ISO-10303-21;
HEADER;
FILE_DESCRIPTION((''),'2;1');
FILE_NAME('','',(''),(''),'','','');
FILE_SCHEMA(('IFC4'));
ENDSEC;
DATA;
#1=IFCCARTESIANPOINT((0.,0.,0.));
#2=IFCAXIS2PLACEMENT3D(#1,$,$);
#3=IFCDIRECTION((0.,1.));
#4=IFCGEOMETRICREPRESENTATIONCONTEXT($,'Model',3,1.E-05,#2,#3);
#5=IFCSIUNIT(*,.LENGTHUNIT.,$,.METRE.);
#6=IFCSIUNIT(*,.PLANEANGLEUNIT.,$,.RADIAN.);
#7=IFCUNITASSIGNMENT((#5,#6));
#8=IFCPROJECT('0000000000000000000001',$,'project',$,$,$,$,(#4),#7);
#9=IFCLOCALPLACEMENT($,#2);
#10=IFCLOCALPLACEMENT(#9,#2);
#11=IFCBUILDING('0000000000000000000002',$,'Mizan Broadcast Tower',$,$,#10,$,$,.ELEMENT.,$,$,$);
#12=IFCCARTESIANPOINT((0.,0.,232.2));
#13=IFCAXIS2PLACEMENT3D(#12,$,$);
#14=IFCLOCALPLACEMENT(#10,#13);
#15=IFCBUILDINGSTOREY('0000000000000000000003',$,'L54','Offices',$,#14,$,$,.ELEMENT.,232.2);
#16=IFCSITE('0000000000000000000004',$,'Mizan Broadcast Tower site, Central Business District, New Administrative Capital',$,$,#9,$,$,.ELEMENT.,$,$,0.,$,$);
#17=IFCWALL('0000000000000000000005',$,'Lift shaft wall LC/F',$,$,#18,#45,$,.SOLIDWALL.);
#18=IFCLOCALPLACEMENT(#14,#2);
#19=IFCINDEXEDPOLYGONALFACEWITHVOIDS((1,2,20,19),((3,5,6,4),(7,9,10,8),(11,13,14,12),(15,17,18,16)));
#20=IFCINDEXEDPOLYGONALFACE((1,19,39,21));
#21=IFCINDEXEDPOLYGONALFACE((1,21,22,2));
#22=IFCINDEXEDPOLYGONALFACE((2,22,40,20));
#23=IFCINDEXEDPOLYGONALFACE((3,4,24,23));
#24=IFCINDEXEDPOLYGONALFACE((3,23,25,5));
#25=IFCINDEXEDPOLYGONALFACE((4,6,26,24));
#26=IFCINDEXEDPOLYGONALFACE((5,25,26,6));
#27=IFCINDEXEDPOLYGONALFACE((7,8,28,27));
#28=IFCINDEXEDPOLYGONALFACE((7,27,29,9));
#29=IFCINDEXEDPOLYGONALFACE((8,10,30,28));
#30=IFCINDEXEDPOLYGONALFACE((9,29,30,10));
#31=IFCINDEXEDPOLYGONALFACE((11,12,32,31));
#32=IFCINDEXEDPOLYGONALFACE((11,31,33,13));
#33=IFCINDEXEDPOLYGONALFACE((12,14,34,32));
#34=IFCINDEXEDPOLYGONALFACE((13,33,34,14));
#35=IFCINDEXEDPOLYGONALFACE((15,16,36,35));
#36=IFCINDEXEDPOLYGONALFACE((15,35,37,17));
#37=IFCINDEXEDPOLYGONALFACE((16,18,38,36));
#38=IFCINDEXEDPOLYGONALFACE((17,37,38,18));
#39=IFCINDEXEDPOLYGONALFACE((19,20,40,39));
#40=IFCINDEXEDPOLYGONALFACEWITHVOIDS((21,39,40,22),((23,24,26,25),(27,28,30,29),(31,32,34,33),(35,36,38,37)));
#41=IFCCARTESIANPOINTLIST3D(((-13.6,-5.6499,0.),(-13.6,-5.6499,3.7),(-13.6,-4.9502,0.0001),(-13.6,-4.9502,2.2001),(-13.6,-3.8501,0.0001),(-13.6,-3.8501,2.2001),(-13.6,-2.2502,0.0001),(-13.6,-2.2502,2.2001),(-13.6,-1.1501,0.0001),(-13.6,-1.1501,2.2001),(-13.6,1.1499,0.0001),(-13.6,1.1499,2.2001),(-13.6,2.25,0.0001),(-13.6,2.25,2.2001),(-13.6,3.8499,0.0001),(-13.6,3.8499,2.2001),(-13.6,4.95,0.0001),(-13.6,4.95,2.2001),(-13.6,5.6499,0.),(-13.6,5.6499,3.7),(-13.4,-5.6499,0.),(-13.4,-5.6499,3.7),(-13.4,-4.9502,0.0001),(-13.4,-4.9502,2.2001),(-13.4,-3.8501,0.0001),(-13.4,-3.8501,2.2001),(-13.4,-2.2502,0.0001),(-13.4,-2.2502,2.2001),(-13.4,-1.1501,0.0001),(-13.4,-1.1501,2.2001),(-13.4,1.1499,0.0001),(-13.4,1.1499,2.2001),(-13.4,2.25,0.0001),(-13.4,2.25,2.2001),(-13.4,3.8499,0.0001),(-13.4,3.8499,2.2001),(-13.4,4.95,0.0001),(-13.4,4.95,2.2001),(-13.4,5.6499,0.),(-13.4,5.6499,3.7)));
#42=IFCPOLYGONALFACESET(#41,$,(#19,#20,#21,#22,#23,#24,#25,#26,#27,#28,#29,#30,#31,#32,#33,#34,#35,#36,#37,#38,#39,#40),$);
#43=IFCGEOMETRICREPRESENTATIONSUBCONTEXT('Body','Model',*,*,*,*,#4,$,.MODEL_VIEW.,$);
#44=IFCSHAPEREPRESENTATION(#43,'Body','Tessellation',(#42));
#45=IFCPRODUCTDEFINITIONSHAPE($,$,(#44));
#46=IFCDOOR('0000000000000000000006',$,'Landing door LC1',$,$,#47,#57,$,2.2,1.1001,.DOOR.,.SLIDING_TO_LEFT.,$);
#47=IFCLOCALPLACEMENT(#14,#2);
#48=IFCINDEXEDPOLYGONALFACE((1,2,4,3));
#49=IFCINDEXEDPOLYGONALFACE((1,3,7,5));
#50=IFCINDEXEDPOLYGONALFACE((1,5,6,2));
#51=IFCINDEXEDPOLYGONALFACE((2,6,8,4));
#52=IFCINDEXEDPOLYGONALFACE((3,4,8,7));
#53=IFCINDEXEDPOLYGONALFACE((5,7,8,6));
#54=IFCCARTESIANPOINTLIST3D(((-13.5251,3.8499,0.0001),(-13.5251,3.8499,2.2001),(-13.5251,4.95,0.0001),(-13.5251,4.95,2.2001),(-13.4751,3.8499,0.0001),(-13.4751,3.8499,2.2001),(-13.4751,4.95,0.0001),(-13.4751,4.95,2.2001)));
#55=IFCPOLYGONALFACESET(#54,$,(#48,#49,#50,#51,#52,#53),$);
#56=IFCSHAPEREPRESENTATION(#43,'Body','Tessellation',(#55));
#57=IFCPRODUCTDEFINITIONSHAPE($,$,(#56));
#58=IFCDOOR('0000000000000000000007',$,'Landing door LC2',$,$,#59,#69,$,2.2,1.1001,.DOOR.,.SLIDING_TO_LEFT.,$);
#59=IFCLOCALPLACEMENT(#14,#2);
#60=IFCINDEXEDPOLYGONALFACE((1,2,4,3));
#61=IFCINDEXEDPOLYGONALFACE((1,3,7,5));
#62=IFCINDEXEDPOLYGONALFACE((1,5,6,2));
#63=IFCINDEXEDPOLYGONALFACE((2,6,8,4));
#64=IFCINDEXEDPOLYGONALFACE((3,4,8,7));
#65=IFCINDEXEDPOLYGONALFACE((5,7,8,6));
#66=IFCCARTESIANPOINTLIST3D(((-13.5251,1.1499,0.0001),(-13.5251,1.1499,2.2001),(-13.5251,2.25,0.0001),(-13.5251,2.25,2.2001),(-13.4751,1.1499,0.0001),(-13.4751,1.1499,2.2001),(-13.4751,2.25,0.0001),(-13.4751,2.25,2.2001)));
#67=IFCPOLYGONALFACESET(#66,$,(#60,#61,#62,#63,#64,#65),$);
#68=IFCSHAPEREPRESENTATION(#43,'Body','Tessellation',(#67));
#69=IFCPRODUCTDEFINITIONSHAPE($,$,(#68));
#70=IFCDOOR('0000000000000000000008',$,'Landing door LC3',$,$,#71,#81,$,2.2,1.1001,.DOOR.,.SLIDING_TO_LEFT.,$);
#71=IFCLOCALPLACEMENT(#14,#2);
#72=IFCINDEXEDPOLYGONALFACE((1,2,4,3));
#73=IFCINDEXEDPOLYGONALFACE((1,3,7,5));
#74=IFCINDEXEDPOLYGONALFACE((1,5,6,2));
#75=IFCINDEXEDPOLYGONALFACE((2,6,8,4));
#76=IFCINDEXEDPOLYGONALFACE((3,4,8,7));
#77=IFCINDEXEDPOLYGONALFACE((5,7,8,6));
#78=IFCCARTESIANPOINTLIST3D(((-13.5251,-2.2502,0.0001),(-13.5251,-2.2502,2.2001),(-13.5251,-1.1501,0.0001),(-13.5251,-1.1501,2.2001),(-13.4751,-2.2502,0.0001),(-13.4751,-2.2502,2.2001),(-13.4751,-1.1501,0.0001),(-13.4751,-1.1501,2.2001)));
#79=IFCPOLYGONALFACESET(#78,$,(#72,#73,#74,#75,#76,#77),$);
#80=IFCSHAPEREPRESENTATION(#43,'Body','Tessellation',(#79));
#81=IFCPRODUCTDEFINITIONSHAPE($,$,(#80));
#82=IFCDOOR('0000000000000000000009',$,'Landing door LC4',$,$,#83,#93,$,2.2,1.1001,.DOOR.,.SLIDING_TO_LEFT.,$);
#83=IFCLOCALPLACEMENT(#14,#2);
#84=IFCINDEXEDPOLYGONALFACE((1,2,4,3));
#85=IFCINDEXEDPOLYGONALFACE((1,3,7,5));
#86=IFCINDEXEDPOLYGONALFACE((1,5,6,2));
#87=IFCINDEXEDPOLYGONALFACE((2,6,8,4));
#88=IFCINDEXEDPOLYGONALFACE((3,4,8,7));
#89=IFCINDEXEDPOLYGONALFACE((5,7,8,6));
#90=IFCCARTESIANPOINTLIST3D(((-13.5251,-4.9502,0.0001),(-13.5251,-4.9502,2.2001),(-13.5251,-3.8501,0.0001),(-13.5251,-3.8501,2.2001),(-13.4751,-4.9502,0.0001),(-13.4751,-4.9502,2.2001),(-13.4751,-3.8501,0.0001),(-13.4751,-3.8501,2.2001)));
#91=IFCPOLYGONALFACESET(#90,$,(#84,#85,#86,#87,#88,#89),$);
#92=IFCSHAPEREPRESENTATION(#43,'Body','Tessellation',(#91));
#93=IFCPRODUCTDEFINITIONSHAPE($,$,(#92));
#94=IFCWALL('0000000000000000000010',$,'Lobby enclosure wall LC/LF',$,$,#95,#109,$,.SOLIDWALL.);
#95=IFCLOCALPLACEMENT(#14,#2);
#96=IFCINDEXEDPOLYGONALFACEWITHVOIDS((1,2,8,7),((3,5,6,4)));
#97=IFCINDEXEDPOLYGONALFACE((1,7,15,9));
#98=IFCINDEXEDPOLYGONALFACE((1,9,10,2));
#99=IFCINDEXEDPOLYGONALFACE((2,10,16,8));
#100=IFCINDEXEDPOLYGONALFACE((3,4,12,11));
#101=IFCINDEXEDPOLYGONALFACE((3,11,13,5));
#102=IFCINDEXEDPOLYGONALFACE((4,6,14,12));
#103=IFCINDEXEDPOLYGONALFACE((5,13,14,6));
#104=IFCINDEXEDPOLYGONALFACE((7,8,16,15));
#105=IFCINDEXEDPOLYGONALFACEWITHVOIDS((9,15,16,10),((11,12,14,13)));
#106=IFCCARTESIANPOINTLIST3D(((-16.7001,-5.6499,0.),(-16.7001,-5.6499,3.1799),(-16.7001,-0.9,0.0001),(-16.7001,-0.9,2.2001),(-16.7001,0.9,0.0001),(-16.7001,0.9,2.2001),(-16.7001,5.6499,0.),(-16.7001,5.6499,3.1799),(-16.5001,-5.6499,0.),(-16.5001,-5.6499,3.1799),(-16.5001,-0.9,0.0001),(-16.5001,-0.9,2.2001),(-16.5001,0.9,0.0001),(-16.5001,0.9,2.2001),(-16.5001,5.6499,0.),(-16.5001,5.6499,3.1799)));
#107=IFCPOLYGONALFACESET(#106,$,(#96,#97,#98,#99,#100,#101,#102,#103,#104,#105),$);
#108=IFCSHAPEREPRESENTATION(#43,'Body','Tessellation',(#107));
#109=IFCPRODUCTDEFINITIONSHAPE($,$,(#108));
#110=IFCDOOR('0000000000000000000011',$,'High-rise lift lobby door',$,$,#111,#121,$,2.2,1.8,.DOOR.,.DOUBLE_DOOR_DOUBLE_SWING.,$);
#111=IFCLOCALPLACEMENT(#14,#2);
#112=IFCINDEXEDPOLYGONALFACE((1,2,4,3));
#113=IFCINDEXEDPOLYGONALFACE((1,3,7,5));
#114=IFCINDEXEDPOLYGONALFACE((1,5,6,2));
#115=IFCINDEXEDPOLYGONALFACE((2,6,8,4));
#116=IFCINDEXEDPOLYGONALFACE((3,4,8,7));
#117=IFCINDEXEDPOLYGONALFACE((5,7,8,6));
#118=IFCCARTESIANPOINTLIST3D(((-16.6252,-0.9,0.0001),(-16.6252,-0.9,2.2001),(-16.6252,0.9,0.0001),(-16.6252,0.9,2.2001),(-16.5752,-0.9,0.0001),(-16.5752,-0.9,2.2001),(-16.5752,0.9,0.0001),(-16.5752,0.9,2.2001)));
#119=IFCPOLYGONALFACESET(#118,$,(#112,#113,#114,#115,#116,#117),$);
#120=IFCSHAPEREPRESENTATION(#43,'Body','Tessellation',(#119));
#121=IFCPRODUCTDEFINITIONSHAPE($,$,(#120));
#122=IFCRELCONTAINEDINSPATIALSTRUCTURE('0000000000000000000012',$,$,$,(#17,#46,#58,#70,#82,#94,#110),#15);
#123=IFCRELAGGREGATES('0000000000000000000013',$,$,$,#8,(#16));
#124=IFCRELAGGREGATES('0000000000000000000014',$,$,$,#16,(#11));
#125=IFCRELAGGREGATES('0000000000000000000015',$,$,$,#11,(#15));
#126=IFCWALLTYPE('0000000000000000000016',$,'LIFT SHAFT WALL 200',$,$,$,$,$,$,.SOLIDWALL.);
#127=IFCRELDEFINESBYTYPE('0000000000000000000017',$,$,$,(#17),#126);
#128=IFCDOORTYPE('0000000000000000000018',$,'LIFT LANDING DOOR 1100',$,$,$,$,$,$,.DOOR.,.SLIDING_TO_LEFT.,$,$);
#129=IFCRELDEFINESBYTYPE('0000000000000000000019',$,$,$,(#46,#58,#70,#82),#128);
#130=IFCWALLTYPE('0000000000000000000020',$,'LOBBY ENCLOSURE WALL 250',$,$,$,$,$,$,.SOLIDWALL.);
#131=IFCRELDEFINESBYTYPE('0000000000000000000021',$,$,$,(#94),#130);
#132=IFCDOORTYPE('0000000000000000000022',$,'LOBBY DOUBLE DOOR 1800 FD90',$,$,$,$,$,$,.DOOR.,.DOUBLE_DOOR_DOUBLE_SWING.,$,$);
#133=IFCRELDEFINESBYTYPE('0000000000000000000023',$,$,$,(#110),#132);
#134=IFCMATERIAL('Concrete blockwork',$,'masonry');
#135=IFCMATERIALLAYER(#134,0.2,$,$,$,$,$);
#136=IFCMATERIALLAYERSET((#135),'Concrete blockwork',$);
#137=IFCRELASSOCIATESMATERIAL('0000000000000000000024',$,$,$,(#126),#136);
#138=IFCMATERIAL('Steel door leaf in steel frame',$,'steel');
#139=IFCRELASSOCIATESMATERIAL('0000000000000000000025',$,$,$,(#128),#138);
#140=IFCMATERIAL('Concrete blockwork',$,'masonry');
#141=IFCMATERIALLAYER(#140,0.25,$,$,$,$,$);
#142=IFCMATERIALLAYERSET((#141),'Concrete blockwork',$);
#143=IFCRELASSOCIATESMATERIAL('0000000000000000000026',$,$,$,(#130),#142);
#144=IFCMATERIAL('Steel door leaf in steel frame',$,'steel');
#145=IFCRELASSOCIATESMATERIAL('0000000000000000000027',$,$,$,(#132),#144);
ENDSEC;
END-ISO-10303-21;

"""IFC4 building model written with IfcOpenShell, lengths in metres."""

from ifc_helpers import new_model, si_unit, direction, frame, frame_2d, origin, place, context, subcontext, project, spatial, rectangle, extrude, material, layer, layer_set, type_object, element, fill, save


model = new_model("IFC4")

# Units and contexts
model_context = context("Model", 3, precision=1e-05, world=origin(), true_north=direction((0.0, 1.0)))
body_context = subcontext(model_context, "Body", "Model", "MODEL_VIEW")
ifc_project = project(units=[si_unit("LENGTHUNIT", "METRE"), si_unit("PLANEANGLEUNIT", "RADIAN")], contexts=[model_context])

# Site, building, storey
site_placement = place(None, origin())
site = spatial("IfcSite", under=ifc_project, at=site_placement, Name="Mizan Broadcast Tower site, Central Business District, New Administrative Capital", CompositionType="ELEMENT", RefElevation=0.0)
building_placement = place(site_placement, origin())
building = spatial("IfcBuilding", under=site, at=building_placement, Name="Mizan Broadcast Tower", CompositionType="ELEMENT")
storey_placement = place(building_placement, frame((0.0, 0.0, 232.2)))
storey = spatial("IfcBuildingStorey", under=building, at=storey_placement, Name="L54", Description="Offices", CompositionType="ELEMENT", Elevation=232.2)

# Wall, openings, doors
ifc_material_1 = material(Name="Concrete blockwork", Category="masonry")
ifc_layer_1 = layer(ifc_material_1, 0.2)
ifc_layer_set_1 = layer_set([ifc_layer_1], Name="Concrete blockwork")
wall_type_1 = type_object("IfcWallType", Name="LIFT SHAFT WALL 200", PredefinedType="SOLIDWALL", material=ifc_layer_set_1)
wall_1_placement = place(storey_placement, frame((-13.5, 5.6499, 0.0), z_axis=(0.0, 0.0, 1.0), x_axis=(0.0, -1.0, 0.0)))
wall_1 = element("IfcWall", 1, at=wall_1_placement, inside=storey, type_object=wall_type_1, Name="Lift shaft wall LC/F", PredefinedType="SOLIDWALL", context=body_context, shape_type="SweptSolid", body=[
    extrude(rectangle(XDim=11.2998, YDim=0.2, at=frame_2d((5.6499, 0.0))), origin(), (0.0, 0.0, 1.0), 3.7),
])
opening_1_placement = place(wall_1_placement, frame((0.7, 0.0, 0.0)))
opening_1 = element("IfcOpeningElement", 2, at=opening_1_placement, cuts=wall_1, PredefinedType="OPENING", context=body_context, shape_type="SweptSolid", body=[
    extrude(rectangle(XDim=1.1001, YDim=2.2, at=frame_2d((0.55, 1.1001))), frame((0.0, 0.1099, 0.0), z_axis=(0.0, -1.0, 0.0), x_axis=(1.0, 0.0, 0.0)), (0.0, 0.0, 1.0), 0.22),
])
opening_2_placement = place(wall_1_placement, frame((3.3999, 0.0, 0.0)))
opening_2 = element("IfcOpeningElement", 3, at=opening_2_placement, cuts=wall_1, PredefinedType="OPENING", context=body_context, shape_type="SweptSolid", body=[
    extrude(rectangle(XDim=1.1001, YDim=2.2, at=frame_2d((0.55, 1.1001))), frame((0.0, 0.1099, 0.0), z_axis=(0.0, -1.0, 0.0), x_axis=(1.0, 0.0, 0.0)), (0.0, 0.0, 1.0), 0.22),
])
opening_3_placement = place(wall_1_placement, frame((6.8, 0.0, 0.0)))
opening_3 = element("IfcOpeningElement", 4, at=opening_3_placement, cuts=wall_1, PredefinedType="OPENING", context=body_context, shape_type="SweptSolid", body=[
    extrude(rectangle(XDim=1.1001, YDim=2.2, at=frame_2d((0.55, 1.1001))), frame((0.0, 0.1099, 0.0), z_axis=(0.0, -1.0, 0.0), x_axis=(1.0, 0.0, 0.0)), (0.0, 0.0, 1.0), 0.22),
])
opening_4_placement = place(wall_1_placement, frame((9.5, 0.0, 0.0)))
opening_4 = element("IfcOpeningElement", 5, at=opening_4_placement, cuts=wall_1, PredefinedType="OPENING", context=body_context, shape_type="SweptSolid", body=[
    extrude(rectangle(XDim=1.1001, YDim=2.2, at=frame_2d((0.55, 1.1001))), frame((0.0, 0.1099, 0.0), z_axis=(0.0, -1.0, 0.0), x_axis=(1.0, 0.0, 0.0)), (0.0, 0.0, 1.0), 0.22),
])
ifc_material_2 = material(Name="Steel door leaf in steel frame", Category="steel")
door_type_1 = type_object("IfcDoorType", Name="LIFT LANDING DOOR 1100", OperationType="SLIDING_TO_LEFT", PredefinedType="DOOR", material=ifc_material_2)
door_1_placement = place(opening_1_placement, origin())
door_1 = element("IfcDoor", 6, at=door_1_placement, inside=storey, type_object=door_type_1, Name="Landing door LC1", OperationType="SLIDING_TO_LEFT", OverallHeight=2.2, OverallWidth=1.1001, PredefinedType="DOOR", context=body_context, shape_type="SweptSolid", body=[
    extrude(rectangle(XDim=1.1001, YDim=2.2, at=frame_2d((0.55, 1.1001))), frame((0.0, 0.0249, 0.0), z_axis=(0.0, -1.0, 0.0), x_axis=(1.0, 0.0, 0.0)), (0.0, 0.0, 1.0), 0.05),
])
fill(opening_1, door_1)
door_2_placement = place(opening_2_placement, origin())
door_2 = element("IfcDoor", 7, at=door_2_placement, inside=storey, type_object=door_type_1, Name="Landing door LC2", OperationType="SLIDING_TO_LEFT", OverallHeight=2.2, OverallWidth=1.1001, PredefinedType="DOOR", context=body_context, shape_type="SweptSolid", body=[
    extrude(rectangle(XDim=1.1001, YDim=2.2, at=frame_2d((0.55, 1.1001))), frame((0.0, 0.0249, 0.0), z_axis=(0.0, -1.0, 0.0), x_axis=(1.0, 0.0, 0.0)), (0.0, 0.0, 1.0), 0.05),
])
fill(opening_2, door_2)
door_3_placement = place(opening_3_placement, origin())
door_3 = element("IfcDoor", 8, at=door_3_placement, inside=storey, type_object=door_type_1, Name="Landing door LC3", OperationType="SLIDING_TO_LEFT", OverallHeight=2.2, OverallWidth=1.1001, PredefinedType="DOOR", context=body_context, shape_type="SweptSolid", body=[
    extrude(rectangle(XDim=1.1001, YDim=2.2, at=frame_2d((0.55, 1.1001))), frame((0.0, 0.0249, 0.0), z_axis=(0.0, -1.0, 0.0), x_axis=(1.0, 0.0, 0.0)), (0.0, 0.0, 1.0), 0.05),
])
fill(opening_3, door_3)
door_4_placement = place(opening_4_placement, origin())
door_4 = element("IfcDoor", 9, at=door_4_placement, inside=storey, type_object=door_type_1, Name="Landing door LC4", OperationType="SLIDING_TO_LEFT", OverallHeight=2.2, OverallWidth=1.1001, PredefinedType="DOOR", context=body_context, shape_type="SweptSolid", body=[
    extrude(rectangle(XDim=1.1001, YDim=2.2, at=frame_2d((0.55, 1.1001))), frame((0.0, 0.0249, 0.0), z_axis=(0.0, -1.0, 0.0), x_axis=(1.0, 0.0, 0.0)), (0.0, 0.0, 1.0), 0.05),
])
fill(opening_4, door_4)

# Wall, opening, door
ifc_material_3 = material(Name="Concrete blockwork", Category="masonry")
ifc_layer_2 = layer(ifc_material_3, 0.25)
ifc_layer_set_2 = layer_set([ifc_layer_2], Name="Concrete blockwork")
wall_type_2 = type_object("IfcWallType", Name="LOBBY ENCLOSURE WALL 250", PredefinedType="SOLIDWALL", material=ifc_layer_set_2)
wall_2_placement = place(storey_placement, frame((-16.6001, 5.6499, 0.0), z_axis=(0.0, 0.0, 1.0), x_axis=(0.0, -1.0, 0.0)))
wall_2 = element("IfcWall", 10, at=wall_2_placement, inside=storey, type_object=wall_type_2, Name="Lobby enclosure wall LC/LF", PredefinedType="SOLIDWALL", context=body_context, shape_type="SweptSolid", body=[
    extrude(rectangle(XDim=11.2998, YDim=0.2, at=frame_2d((5.6499, 0.0))), origin(), (0.0, 0.0, 1.0), 3.1799),
])
opening_5_placement = place(wall_2_placement, frame((4.75, 0.0, 0.0)))
opening_5 = element("IfcOpeningElement", 11, at=opening_5_placement, cuts=wall_2, PredefinedType="OPENING", context=body_context, shape_type="SweptSolid", body=[
    extrude(rectangle(XDim=1.8, YDim=2.2, at=frame_2d((0.8999, 1.1001))), frame((0.0, 0.1099, 0.0), z_axis=(0.0, -1.0, 0.0), x_axis=(1.0, 0.0, 0.0)), (0.0, 0.0, 1.0), 0.22),
])
ifc_material_4 = material(Name="Steel door leaf in steel frame", Category="steel")
door_type_2 = type_object("IfcDoorType", Name="LOBBY DOUBLE DOOR 1800 FD90", OperationType="DOUBLE_DOOR_DOUBLE_SWING", PredefinedType="DOOR", material=ifc_material_4)
door_5_placement = place(opening_5_placement, origin())
door_5 = element("IfcDoor", 12, at=door_5_placement, inside=storey, type_object=door_type_2, Name="High-rise lift lobby door", OperationType="DOUBLE_DOOR_DOUBLE_SWING", OverallHeight=2.2, OverallWidth=1.8, PredefinedType="DOOR", context=body_context, shape_type="SweptSolid", body=[
    extrude(rectangle(XDim=1.8, YDim=2.2, at=frame_2d((0.8999, 1.1001))), frame((0.0, 0.0249, 0.0), z_axis=(0.0, -1.0, 0.0), x_axis=(1.0, 0.0, 0.0)), (0.0, 0.0, 1.0), 0.05),
])
fill(opening_5, door_5)

save(model, "model.ifc")
